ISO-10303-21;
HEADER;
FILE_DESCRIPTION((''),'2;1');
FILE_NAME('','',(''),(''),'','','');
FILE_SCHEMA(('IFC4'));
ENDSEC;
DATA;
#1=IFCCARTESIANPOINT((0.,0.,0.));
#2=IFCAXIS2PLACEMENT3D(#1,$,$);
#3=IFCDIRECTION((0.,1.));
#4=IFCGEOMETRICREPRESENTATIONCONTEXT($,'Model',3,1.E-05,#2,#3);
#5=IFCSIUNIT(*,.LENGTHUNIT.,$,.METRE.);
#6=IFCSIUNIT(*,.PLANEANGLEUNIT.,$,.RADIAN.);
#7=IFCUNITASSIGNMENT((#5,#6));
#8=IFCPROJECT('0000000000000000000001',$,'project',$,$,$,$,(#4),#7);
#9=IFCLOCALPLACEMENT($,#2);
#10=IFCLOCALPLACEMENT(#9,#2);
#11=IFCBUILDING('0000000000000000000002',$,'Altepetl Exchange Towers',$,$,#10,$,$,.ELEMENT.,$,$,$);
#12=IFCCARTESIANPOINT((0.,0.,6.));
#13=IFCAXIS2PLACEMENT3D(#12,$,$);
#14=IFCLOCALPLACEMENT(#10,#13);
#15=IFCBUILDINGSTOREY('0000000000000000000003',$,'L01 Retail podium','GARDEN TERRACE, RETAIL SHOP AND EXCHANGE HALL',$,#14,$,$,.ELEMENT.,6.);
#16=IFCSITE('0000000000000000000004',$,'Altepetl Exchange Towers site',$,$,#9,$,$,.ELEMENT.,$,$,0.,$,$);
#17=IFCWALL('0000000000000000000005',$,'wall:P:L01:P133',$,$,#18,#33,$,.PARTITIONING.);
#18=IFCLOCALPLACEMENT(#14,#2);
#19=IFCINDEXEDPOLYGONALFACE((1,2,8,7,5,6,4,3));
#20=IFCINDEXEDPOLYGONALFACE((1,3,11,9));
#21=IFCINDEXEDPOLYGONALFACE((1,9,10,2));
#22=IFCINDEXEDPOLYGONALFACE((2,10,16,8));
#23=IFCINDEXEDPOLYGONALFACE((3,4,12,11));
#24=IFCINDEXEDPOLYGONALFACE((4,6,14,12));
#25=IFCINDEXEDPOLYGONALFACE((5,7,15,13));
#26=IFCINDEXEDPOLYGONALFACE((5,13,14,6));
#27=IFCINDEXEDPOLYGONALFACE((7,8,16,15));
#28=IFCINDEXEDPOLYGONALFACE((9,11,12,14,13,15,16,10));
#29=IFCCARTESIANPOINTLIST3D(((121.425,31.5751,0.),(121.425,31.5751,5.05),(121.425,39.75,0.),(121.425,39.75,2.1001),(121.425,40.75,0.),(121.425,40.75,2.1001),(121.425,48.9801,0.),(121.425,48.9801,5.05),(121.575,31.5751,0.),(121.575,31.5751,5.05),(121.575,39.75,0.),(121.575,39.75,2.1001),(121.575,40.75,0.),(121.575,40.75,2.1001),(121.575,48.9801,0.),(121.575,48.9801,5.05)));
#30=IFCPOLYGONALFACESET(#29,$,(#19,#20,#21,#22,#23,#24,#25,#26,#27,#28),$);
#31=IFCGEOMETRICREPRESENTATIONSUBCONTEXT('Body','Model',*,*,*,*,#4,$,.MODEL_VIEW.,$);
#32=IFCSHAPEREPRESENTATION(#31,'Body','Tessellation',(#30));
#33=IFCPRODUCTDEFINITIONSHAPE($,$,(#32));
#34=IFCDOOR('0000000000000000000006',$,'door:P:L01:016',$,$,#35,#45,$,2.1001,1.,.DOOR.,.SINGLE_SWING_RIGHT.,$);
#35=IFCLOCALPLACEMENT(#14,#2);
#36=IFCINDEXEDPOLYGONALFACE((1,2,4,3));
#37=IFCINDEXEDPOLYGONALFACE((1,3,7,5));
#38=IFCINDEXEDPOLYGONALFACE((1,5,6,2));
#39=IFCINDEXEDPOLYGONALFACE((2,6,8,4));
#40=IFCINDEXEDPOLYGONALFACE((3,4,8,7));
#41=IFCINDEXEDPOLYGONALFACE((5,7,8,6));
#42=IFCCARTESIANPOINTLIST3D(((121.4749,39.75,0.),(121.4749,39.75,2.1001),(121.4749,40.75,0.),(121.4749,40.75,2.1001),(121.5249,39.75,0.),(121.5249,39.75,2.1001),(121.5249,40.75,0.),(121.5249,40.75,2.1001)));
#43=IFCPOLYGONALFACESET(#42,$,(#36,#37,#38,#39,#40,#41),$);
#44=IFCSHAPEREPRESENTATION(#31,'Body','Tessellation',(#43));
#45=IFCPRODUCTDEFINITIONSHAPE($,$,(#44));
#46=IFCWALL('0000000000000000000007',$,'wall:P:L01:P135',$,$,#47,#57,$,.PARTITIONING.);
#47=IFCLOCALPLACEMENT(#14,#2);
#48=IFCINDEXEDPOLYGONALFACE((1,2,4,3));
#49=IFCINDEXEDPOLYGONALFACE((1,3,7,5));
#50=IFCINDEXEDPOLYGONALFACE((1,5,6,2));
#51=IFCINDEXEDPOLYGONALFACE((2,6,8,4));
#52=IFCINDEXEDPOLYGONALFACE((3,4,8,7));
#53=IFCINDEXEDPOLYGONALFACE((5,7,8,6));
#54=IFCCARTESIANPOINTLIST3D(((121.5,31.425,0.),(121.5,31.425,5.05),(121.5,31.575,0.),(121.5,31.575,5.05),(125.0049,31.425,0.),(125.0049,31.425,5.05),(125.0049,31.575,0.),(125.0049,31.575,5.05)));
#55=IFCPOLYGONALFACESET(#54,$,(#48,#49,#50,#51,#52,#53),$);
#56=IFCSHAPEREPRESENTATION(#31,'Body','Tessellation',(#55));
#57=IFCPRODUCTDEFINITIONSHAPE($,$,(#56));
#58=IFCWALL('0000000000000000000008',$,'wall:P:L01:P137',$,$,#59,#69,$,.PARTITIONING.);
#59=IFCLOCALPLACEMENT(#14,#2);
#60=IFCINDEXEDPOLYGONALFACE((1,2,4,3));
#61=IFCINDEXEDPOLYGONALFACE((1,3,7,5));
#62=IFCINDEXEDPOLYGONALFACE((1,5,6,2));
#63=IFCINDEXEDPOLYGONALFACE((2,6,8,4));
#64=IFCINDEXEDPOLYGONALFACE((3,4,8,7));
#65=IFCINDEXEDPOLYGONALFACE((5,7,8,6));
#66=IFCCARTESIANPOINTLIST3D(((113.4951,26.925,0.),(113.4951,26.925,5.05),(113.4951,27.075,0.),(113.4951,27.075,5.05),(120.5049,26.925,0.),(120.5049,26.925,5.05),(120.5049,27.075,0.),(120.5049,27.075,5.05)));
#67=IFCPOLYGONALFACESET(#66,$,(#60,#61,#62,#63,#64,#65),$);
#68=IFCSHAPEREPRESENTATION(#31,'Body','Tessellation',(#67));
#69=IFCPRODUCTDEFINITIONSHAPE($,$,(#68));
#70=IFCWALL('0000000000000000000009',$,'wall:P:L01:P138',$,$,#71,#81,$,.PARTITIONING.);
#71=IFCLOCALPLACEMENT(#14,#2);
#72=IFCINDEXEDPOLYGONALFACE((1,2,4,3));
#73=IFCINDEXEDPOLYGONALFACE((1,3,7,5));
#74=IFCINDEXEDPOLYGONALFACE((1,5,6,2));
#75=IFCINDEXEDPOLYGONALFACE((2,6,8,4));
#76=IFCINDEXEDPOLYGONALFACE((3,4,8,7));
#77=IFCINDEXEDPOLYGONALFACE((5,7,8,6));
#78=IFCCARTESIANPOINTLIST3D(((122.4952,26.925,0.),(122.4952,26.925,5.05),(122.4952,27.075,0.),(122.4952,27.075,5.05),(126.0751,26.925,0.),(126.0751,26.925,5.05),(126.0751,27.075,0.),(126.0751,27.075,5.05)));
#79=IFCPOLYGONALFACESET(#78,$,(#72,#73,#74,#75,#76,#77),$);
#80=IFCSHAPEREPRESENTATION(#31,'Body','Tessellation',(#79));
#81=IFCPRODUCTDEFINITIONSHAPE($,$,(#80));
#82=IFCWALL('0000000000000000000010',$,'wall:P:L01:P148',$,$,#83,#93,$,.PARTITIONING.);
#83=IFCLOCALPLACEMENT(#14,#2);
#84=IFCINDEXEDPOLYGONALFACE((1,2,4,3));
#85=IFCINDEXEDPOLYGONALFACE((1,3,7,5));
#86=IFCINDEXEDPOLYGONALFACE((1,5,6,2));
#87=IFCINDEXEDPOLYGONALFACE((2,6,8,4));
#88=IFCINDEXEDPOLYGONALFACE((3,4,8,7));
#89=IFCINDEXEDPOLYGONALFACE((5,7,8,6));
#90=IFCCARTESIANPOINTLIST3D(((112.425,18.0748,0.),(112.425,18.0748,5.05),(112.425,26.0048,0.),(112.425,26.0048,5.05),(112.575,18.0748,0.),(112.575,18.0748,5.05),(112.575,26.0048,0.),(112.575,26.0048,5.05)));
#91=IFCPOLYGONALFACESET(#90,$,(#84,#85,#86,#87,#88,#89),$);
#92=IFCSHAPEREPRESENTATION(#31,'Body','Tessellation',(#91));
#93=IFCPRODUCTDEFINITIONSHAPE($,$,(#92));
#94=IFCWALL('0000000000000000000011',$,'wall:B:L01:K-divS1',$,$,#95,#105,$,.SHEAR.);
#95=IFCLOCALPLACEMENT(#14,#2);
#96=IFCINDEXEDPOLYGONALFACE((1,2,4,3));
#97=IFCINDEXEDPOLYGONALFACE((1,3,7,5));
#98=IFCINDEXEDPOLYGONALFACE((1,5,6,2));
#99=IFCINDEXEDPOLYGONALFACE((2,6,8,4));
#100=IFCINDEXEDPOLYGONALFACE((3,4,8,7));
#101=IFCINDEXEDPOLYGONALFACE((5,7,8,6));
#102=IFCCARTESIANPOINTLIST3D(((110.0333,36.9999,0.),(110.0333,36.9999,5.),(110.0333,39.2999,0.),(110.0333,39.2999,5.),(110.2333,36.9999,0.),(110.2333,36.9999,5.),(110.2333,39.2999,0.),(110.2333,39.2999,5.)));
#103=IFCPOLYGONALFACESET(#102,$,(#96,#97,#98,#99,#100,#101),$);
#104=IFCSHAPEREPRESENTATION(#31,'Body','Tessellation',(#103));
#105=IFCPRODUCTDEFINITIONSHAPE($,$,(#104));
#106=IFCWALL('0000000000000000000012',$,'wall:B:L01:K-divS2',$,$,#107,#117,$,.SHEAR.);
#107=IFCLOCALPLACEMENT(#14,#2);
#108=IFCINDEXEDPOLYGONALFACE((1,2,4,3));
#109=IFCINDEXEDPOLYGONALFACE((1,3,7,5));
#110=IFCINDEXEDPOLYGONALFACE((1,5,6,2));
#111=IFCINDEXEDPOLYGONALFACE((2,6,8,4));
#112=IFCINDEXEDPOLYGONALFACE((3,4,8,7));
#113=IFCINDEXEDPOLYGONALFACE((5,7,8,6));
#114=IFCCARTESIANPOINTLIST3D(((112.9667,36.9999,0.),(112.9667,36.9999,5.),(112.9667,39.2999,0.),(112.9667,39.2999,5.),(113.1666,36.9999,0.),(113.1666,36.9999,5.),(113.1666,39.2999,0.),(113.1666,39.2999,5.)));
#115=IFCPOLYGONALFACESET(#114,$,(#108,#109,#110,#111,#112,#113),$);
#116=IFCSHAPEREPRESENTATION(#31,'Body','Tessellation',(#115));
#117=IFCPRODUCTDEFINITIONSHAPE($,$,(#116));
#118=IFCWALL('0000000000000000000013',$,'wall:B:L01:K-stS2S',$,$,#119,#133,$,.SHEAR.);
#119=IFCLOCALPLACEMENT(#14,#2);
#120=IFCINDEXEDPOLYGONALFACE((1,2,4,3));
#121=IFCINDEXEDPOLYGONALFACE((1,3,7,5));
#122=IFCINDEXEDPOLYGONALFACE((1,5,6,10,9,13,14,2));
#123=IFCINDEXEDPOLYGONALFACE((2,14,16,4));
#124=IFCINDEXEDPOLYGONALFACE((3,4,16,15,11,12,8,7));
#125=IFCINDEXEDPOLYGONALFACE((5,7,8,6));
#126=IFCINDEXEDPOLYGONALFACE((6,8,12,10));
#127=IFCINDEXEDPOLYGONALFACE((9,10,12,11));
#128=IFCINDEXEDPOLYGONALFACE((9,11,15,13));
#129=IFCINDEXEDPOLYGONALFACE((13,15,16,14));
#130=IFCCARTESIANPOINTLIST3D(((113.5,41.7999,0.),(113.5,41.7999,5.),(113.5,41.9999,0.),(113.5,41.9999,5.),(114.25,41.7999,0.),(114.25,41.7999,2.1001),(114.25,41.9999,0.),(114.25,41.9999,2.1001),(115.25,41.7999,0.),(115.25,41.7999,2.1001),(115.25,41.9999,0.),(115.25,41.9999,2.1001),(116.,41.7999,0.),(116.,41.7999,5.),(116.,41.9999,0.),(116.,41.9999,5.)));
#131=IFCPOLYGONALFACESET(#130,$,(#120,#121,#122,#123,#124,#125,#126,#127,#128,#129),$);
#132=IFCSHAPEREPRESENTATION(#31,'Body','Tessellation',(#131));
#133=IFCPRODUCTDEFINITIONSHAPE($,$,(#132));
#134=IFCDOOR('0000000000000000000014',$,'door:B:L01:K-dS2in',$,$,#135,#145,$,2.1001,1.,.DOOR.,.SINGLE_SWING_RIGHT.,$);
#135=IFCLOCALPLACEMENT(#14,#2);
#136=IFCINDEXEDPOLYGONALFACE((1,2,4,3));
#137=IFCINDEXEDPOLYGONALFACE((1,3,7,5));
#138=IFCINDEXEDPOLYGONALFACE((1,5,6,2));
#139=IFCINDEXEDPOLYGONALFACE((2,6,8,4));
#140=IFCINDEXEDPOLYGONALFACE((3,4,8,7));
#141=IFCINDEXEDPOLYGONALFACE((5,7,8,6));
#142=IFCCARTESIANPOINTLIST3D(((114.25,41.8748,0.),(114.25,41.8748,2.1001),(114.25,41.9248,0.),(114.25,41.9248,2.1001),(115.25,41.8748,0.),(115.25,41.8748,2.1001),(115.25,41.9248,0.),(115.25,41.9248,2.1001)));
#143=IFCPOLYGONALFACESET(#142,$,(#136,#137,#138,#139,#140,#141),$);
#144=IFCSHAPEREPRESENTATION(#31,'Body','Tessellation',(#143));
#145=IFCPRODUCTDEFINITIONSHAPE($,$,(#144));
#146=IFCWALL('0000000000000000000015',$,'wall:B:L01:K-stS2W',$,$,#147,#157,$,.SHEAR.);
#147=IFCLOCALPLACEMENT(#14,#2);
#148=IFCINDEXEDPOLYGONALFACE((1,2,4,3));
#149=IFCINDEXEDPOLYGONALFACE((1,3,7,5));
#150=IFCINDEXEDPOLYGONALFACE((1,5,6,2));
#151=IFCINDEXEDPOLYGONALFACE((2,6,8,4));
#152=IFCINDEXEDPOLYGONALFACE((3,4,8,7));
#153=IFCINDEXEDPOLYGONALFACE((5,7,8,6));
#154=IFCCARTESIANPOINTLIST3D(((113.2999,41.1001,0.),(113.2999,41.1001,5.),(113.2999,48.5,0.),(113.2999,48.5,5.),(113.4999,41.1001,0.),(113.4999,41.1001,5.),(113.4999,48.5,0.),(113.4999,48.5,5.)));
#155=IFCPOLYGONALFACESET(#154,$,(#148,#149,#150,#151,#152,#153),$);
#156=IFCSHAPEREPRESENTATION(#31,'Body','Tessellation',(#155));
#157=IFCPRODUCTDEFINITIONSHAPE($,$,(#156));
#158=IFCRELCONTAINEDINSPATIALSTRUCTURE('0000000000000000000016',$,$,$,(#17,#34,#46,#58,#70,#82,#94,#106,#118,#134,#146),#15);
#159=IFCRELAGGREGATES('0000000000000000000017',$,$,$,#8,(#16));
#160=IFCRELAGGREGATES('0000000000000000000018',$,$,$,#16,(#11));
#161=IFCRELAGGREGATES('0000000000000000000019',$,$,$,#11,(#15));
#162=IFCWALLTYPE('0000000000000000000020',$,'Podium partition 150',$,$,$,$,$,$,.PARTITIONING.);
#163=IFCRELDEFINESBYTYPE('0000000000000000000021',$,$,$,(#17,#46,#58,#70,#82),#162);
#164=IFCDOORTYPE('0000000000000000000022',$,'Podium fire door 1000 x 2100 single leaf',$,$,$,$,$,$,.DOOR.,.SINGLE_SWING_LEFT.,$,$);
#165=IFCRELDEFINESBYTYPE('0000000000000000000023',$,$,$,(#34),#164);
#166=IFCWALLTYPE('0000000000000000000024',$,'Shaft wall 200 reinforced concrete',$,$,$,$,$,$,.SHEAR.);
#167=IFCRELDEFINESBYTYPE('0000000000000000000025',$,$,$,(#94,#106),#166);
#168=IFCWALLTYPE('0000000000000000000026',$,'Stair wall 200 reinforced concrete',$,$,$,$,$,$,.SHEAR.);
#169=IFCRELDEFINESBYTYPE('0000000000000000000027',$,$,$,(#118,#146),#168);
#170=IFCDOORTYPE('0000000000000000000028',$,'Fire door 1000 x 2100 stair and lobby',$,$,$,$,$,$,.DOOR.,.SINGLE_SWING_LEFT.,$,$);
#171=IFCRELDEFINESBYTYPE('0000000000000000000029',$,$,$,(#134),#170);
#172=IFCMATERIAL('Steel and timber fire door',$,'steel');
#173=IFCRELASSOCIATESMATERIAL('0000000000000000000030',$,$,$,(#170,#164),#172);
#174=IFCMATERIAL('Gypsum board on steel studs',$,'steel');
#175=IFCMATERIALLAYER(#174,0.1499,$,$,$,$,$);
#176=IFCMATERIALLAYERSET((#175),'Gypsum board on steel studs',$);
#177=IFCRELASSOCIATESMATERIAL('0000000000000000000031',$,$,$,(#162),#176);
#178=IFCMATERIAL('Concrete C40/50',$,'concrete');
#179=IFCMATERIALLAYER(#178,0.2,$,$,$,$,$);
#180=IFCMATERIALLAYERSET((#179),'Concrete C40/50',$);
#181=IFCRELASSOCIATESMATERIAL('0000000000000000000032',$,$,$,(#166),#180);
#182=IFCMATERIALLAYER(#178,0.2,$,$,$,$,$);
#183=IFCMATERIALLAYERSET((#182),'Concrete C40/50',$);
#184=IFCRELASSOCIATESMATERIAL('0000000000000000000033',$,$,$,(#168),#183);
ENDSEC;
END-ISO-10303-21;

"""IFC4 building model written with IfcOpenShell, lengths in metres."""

from ifc_helpers import new_model, si_unit, direction, frame, frame_2d, origin, place, context, subcontext, project, spatial, rectangle, extrude, material, layer, layer_set, type_object, element, fill, save


model = new_model("IFC4")

# Units and contexts
model_context = context("Model", 3, precision=1e-05, world=origin(), true_north=direction((0.0, 1.0)))
body_context = subcontext(model_context, "Body", "Model", "MODEL_VIEW")
ifc_project = project(units=[si_unit("LENGTHUNIT", "METRE"), si_unit("PLANEANGLEUNIT", "RADIAN")], contexts=[model_context])

# Site, building, storey
site_placement = place(None, origin())
site = spatial("IfcSite", under=ifc_project, at=site_placement, Name="Altepetl Exchange Towers site", CompositionType="ELEMENT", RefElevation=0.0)
building_placement = place(site_placement, origin())
building = spatial("IfcBuilding", under=site, at=building_placement, Name="Altepetl Exchange Towers", CompositionType="ELEMENT")
storey_placement = place(building_placement, frame((0.0, 0.0, 6.0)))
storey = spatial("IfcBuildingStorey", under=building, at=storey_placement, Name="L01 Retail podium", Description="GARDEN TERRACE, RETAIL SHOP AND EXCHANGE HALL", CompositionType="ELEMENT", Elevation=6.0)

# Shared definitions
ifc_material_1 = material(Name="Steel and timber fire door", Category="steel")
door_type_1 = type_object("IfcDoorType", Name="Fire door 1000 x 2100 stair and lobby", OperationType="SINGLE_SWING_LEFT", PredefinedType="DOOR", material=ifc_material_1)

# Shared definitions
ifc_material_2 = material(Name="Gypsum board on steel studs", Category="steel")

# Shared definitions
ifc_layer_1 = layer(ifc_material_2, 0.1499)
ifc_layer_set_1 = layer_set([ifc_layer_1], Name="Gypsum board on steel studs")
wall_type_1 = type_object("IfcWallType", Name="Podium partition 150", PredefinedType="PARTITIONING", material=ifc_layer_set_1)
door_type_2 = type_object("IfcDoorType", Name="Podium fire door 1000 x 2100 single leaf", OperationType="SINGLE_SWING_LEFT", PredefinedType="DOOR", material=ifc_material_1)

# Wall, opening, door
wall_1_placement = place(storey_placement, frame((121.5, 31.575, 0.0), z_axis=(0.0, 0.0, 1.0), x_axis=(0.0, 1.0, 0.0)))
wall_1 = element("IfcWall", 1, at=wall_1_placement, inside=storey, type_object=wall_type_1, Name="wall:P:L01:P133", PredefinedType="PARTITIONING", context=body_context, shape_type="SweptSolid", body=[
    extrude(rectangle(XDim=17.405, YDim=0.1499, at=frame_2d((8.7026, 0.0))), origin(), (0.0, 0.0, 1.0), 5.05),
])
opening_1_placement = place(wall_1_placement, frame((8.175, 0.0, 0.0)))
opening_1 = element("IfcOpeningElement", 2, at=opening_1_placement, cuts=wall_1, PredefinedType="OPENING", context=body_context, shape_type="SweptSolid", body=[
    extrude(rectangle(XDim=1.0, YDim=2.1001, at=frame_2d((0.5, 1.05))), frame((0.0, 0.085, 0.0), z_axis=(0.0, -1.0, 0.0), x_axis=(1.0, 0.0, 0.0)), (0.0, 0.0, 1.0), 0.1699),
])
door_1_placement = place(opening_1_placement, frame((1.0, 0.0, 0.0), x_axis=(-1.0, 0.0, 0.0)))
door_1 = element("IfcDoor", 3, at=door_1_placement, inside=storey, type_object=door_type_2, Name="door:P:L01:016", OperationType="SINGLE_SWING_RIGHT", OverallHeight=2.1001, OverallWidth=1.0, PredefinedType="DOOR", context=body_context, shape_type="SweptSolid", body=[
    extrude(rectangle(XDim=1.0, YDim=2.1001, at=frame_2d((0.5, 1.05))), frame((0.0, 0.0249, 0.0), z_axis=(0.0, -1.0, 0.0), x_axis=(1.0, 0.0, 0.0)), (0.0, 0.0, 1.0), 0.05),
])
fill(opening_1, door_1)

# Walls
wall_2_placement = place(storey_placement, frame((121.5, 31.5, 0.0)))
element("IfcWall", 4, at=wall_2_placement, inside=storey, type_object=wall_type_1, Name="wall:P:L01:P135", PredefinedType="PARTITIONING", context=body_context, shape_type="SweptSolid", body=[
    extrude(rectangle(XDim=3.5049, YDim=0.1499, at=frame_2d((1.7524, 0.0))), origin(), (0.0, 0.0, 1.0), 5.05),
])
wall_3_placement = place(storey_placement, frame((113.4951, 27.0, 0.0)))
element("IfcWall", 5, at=wall_3_placement, inside=storey, type_object=wall_type_1, Name="wall:P:L01:P137", PredefinedType="PARTITIONING", context=body_context, shape_type="SweptSolid", body=[
    extrude(rectangle(XDim=7.0098, YDim=0.1499, at=frame_2d((3.5049, 0.0))), origin(), (0.0, 0.0, 1.0), 5.05),
])
wall_4_placement = place(storey_placement, frame((122.4951, 27.0, 0.0)))
element("IfcWall", 6, at=wall_4_placement, inside=storey, type_object=wall_type_1, Name="wall:P:L01:P138", PredefinedType="PARTITIONING", context=body_context, shape_type="SweptSolid", body=[
    extrude(rectangle(XDim=3.5798, YDim=0.1499, at=frame_2d((1.79, 0.0))), origin(), (0.0, 0.0, 1.0), 5.05),
])
wall_5_placement = place(storey_placement, frame((112.5, 18.075, 0.0), z_axis=(0.0, 0.0, 1.0), x_axis=(0.0, 1.0, 0.0)))
element("IfcWall", 7, at=wall_5_placement, inside=storey, type_object=wall_type_1, Name="wall:P:L01:P148", PredefinedType="PARTITIONING", context=body_context, shape_type="SweptSolid", body=[
    extrude(rectangle(XDim=7.9299, YDim=0.1499, at=frame_2d((3.9648, 0.0))), origin(), (0.0, 0.0, 1.0), 5.05),
])
ifc_material_3 = material(Name="Concrete C40/50", Category="concrete")
ifc_layer_2 = layer(ifc_material_3, 0.2)
ifc_layer_set_2 = layer_set([ifc_layer_2], Name="Concrete C40/50")
wall_type_2 = type_object("IfcWallType", Name="Shaft wall 200 reinforced concrete", PredefinedType="SHEAR", material=ifc_layer_set_2)
for number, where, z_axis, x_axis, name in (
    (8, (110.1333, 37.0, 0.0), (0.0, 0.0, 1.0), (0.0, 1.0, 0.0), "wall:B:L01:K-divS1"),
    (9, (113.0667, 37.0, 0.0), (0.0, 0.0, 1.0), (0.0, 1.0, 0.0), "wall:B:L01:K-divS2"),
):
    element("IfcWall", number, at=place(storey_placement, frame(where, z_axis=z_axis, x_axis=x_axis)), inside=storey, type_object=wall_type_2, Name=name, PredefinedType="SHEAR", context=body_context, shape_type="SweptSolid", body=[
        extrude(rectangle(XDim=2.3, YDim=0.2, at=frame_2d((1.1499, 0.0))), origin(), (0.0, 0.0, 1.0), 5.0),
    ])

# Wall, opening, door
ifc_layer_3 = layer(ifc_material_3, 0.2)
ifc_layer_set_3 = layer_set([ifc_layer_3], Name="Concrete C40/50")
wall_type_3 = type_object("IfcWallType", Name="Stair wall 200 reinforced concrete", PredefinedType="SHEAR", material=ifc_layer_set_3)
wall_6_placement = place(storey_placement, frame((113.5, 41.8999, 0.0)))
wall_6 = element("IfcWall", 10, at=wall_6_placement, inside=storey, type_object=wall_type_3, Name="wall:B:L01:K-stS2S", PredefinedType="SHEAR", context=body_context, shape_type="SweptSolid", body=[
    extrude(rectangle(XDim=2.5, YDim=0.2, at=frame_2d((1.25, 0.0))), origin(), (0.0, 0.0, 1.0), 5.0),
])
opening_2_placement = place(wall_6_placement, frame((0.75, 0.0, 0.0)))
opening_2 = element("IfcOpeningElement", 11, at=opening_2_placement, cuts=wall_6, PredefinedType="OPENING", context=body_context, shape_type="SweptSolid", body=[
    extrude(rectangle(XDim=1.0, YDim=2.1001, at=frame_2d((0.5, 1.05))), frame((0.0, 0.1099, 0.0), z_axis=(0.0, -1.0, 0.0), x_axis=(1.0, 0.0, 0.0)), (0.0, 0.0, 1.0), 0.22),
])
door_2_placement = place(opening_2_placement, origin())
door_2 = element("IfcDoor", 12, at=door_2_placement, inside=storey, type_object=door_type_1, Name="door:B:L01:K-dS2in", OperationType="SINGLE_SWING_RIGHT", OverallHeight=2.1001, OverallWidth=1.0, PredefinedType="DOOR", context=body_context, shape_type="SweptSolid", body=[
    extrude(rectangle(XDim=1.0, YDim=2.1001, at=frame_2d((0.5, 1.05))), frame((0.0, 0.0249, 0.0), z_axis=(0.0, -1.0, 0.0), x_axis=(1.0, 0.0, 0.0)), (0.0, 0.0, 1.0), 0.05),
])
fill(opening_2, door_2)

# Wall
wall_7_placement = place(storey_placement, frame((113.3999, 41.1001, 0.0), z_axis=(0.0, 0.0, 1.0), x_axis=(0.0, 1.0, 0.0)))
element("IfcWall", 13, at=wall_7_placement, inside=storey, type_object=wall_type_3, Name="wall:B:L01:K-stS2W", PredefinedType="SHEAR", context=body_context, shape_type="SweptSolid", body=[
    extrude(rectangle(XDim=7.3999, YDim=0.2, at=frame_2d((3.7, 0.0))), origin(), (0.0, 0.0, 1.0), 5.0),
])

save(model, "model.ifc")
